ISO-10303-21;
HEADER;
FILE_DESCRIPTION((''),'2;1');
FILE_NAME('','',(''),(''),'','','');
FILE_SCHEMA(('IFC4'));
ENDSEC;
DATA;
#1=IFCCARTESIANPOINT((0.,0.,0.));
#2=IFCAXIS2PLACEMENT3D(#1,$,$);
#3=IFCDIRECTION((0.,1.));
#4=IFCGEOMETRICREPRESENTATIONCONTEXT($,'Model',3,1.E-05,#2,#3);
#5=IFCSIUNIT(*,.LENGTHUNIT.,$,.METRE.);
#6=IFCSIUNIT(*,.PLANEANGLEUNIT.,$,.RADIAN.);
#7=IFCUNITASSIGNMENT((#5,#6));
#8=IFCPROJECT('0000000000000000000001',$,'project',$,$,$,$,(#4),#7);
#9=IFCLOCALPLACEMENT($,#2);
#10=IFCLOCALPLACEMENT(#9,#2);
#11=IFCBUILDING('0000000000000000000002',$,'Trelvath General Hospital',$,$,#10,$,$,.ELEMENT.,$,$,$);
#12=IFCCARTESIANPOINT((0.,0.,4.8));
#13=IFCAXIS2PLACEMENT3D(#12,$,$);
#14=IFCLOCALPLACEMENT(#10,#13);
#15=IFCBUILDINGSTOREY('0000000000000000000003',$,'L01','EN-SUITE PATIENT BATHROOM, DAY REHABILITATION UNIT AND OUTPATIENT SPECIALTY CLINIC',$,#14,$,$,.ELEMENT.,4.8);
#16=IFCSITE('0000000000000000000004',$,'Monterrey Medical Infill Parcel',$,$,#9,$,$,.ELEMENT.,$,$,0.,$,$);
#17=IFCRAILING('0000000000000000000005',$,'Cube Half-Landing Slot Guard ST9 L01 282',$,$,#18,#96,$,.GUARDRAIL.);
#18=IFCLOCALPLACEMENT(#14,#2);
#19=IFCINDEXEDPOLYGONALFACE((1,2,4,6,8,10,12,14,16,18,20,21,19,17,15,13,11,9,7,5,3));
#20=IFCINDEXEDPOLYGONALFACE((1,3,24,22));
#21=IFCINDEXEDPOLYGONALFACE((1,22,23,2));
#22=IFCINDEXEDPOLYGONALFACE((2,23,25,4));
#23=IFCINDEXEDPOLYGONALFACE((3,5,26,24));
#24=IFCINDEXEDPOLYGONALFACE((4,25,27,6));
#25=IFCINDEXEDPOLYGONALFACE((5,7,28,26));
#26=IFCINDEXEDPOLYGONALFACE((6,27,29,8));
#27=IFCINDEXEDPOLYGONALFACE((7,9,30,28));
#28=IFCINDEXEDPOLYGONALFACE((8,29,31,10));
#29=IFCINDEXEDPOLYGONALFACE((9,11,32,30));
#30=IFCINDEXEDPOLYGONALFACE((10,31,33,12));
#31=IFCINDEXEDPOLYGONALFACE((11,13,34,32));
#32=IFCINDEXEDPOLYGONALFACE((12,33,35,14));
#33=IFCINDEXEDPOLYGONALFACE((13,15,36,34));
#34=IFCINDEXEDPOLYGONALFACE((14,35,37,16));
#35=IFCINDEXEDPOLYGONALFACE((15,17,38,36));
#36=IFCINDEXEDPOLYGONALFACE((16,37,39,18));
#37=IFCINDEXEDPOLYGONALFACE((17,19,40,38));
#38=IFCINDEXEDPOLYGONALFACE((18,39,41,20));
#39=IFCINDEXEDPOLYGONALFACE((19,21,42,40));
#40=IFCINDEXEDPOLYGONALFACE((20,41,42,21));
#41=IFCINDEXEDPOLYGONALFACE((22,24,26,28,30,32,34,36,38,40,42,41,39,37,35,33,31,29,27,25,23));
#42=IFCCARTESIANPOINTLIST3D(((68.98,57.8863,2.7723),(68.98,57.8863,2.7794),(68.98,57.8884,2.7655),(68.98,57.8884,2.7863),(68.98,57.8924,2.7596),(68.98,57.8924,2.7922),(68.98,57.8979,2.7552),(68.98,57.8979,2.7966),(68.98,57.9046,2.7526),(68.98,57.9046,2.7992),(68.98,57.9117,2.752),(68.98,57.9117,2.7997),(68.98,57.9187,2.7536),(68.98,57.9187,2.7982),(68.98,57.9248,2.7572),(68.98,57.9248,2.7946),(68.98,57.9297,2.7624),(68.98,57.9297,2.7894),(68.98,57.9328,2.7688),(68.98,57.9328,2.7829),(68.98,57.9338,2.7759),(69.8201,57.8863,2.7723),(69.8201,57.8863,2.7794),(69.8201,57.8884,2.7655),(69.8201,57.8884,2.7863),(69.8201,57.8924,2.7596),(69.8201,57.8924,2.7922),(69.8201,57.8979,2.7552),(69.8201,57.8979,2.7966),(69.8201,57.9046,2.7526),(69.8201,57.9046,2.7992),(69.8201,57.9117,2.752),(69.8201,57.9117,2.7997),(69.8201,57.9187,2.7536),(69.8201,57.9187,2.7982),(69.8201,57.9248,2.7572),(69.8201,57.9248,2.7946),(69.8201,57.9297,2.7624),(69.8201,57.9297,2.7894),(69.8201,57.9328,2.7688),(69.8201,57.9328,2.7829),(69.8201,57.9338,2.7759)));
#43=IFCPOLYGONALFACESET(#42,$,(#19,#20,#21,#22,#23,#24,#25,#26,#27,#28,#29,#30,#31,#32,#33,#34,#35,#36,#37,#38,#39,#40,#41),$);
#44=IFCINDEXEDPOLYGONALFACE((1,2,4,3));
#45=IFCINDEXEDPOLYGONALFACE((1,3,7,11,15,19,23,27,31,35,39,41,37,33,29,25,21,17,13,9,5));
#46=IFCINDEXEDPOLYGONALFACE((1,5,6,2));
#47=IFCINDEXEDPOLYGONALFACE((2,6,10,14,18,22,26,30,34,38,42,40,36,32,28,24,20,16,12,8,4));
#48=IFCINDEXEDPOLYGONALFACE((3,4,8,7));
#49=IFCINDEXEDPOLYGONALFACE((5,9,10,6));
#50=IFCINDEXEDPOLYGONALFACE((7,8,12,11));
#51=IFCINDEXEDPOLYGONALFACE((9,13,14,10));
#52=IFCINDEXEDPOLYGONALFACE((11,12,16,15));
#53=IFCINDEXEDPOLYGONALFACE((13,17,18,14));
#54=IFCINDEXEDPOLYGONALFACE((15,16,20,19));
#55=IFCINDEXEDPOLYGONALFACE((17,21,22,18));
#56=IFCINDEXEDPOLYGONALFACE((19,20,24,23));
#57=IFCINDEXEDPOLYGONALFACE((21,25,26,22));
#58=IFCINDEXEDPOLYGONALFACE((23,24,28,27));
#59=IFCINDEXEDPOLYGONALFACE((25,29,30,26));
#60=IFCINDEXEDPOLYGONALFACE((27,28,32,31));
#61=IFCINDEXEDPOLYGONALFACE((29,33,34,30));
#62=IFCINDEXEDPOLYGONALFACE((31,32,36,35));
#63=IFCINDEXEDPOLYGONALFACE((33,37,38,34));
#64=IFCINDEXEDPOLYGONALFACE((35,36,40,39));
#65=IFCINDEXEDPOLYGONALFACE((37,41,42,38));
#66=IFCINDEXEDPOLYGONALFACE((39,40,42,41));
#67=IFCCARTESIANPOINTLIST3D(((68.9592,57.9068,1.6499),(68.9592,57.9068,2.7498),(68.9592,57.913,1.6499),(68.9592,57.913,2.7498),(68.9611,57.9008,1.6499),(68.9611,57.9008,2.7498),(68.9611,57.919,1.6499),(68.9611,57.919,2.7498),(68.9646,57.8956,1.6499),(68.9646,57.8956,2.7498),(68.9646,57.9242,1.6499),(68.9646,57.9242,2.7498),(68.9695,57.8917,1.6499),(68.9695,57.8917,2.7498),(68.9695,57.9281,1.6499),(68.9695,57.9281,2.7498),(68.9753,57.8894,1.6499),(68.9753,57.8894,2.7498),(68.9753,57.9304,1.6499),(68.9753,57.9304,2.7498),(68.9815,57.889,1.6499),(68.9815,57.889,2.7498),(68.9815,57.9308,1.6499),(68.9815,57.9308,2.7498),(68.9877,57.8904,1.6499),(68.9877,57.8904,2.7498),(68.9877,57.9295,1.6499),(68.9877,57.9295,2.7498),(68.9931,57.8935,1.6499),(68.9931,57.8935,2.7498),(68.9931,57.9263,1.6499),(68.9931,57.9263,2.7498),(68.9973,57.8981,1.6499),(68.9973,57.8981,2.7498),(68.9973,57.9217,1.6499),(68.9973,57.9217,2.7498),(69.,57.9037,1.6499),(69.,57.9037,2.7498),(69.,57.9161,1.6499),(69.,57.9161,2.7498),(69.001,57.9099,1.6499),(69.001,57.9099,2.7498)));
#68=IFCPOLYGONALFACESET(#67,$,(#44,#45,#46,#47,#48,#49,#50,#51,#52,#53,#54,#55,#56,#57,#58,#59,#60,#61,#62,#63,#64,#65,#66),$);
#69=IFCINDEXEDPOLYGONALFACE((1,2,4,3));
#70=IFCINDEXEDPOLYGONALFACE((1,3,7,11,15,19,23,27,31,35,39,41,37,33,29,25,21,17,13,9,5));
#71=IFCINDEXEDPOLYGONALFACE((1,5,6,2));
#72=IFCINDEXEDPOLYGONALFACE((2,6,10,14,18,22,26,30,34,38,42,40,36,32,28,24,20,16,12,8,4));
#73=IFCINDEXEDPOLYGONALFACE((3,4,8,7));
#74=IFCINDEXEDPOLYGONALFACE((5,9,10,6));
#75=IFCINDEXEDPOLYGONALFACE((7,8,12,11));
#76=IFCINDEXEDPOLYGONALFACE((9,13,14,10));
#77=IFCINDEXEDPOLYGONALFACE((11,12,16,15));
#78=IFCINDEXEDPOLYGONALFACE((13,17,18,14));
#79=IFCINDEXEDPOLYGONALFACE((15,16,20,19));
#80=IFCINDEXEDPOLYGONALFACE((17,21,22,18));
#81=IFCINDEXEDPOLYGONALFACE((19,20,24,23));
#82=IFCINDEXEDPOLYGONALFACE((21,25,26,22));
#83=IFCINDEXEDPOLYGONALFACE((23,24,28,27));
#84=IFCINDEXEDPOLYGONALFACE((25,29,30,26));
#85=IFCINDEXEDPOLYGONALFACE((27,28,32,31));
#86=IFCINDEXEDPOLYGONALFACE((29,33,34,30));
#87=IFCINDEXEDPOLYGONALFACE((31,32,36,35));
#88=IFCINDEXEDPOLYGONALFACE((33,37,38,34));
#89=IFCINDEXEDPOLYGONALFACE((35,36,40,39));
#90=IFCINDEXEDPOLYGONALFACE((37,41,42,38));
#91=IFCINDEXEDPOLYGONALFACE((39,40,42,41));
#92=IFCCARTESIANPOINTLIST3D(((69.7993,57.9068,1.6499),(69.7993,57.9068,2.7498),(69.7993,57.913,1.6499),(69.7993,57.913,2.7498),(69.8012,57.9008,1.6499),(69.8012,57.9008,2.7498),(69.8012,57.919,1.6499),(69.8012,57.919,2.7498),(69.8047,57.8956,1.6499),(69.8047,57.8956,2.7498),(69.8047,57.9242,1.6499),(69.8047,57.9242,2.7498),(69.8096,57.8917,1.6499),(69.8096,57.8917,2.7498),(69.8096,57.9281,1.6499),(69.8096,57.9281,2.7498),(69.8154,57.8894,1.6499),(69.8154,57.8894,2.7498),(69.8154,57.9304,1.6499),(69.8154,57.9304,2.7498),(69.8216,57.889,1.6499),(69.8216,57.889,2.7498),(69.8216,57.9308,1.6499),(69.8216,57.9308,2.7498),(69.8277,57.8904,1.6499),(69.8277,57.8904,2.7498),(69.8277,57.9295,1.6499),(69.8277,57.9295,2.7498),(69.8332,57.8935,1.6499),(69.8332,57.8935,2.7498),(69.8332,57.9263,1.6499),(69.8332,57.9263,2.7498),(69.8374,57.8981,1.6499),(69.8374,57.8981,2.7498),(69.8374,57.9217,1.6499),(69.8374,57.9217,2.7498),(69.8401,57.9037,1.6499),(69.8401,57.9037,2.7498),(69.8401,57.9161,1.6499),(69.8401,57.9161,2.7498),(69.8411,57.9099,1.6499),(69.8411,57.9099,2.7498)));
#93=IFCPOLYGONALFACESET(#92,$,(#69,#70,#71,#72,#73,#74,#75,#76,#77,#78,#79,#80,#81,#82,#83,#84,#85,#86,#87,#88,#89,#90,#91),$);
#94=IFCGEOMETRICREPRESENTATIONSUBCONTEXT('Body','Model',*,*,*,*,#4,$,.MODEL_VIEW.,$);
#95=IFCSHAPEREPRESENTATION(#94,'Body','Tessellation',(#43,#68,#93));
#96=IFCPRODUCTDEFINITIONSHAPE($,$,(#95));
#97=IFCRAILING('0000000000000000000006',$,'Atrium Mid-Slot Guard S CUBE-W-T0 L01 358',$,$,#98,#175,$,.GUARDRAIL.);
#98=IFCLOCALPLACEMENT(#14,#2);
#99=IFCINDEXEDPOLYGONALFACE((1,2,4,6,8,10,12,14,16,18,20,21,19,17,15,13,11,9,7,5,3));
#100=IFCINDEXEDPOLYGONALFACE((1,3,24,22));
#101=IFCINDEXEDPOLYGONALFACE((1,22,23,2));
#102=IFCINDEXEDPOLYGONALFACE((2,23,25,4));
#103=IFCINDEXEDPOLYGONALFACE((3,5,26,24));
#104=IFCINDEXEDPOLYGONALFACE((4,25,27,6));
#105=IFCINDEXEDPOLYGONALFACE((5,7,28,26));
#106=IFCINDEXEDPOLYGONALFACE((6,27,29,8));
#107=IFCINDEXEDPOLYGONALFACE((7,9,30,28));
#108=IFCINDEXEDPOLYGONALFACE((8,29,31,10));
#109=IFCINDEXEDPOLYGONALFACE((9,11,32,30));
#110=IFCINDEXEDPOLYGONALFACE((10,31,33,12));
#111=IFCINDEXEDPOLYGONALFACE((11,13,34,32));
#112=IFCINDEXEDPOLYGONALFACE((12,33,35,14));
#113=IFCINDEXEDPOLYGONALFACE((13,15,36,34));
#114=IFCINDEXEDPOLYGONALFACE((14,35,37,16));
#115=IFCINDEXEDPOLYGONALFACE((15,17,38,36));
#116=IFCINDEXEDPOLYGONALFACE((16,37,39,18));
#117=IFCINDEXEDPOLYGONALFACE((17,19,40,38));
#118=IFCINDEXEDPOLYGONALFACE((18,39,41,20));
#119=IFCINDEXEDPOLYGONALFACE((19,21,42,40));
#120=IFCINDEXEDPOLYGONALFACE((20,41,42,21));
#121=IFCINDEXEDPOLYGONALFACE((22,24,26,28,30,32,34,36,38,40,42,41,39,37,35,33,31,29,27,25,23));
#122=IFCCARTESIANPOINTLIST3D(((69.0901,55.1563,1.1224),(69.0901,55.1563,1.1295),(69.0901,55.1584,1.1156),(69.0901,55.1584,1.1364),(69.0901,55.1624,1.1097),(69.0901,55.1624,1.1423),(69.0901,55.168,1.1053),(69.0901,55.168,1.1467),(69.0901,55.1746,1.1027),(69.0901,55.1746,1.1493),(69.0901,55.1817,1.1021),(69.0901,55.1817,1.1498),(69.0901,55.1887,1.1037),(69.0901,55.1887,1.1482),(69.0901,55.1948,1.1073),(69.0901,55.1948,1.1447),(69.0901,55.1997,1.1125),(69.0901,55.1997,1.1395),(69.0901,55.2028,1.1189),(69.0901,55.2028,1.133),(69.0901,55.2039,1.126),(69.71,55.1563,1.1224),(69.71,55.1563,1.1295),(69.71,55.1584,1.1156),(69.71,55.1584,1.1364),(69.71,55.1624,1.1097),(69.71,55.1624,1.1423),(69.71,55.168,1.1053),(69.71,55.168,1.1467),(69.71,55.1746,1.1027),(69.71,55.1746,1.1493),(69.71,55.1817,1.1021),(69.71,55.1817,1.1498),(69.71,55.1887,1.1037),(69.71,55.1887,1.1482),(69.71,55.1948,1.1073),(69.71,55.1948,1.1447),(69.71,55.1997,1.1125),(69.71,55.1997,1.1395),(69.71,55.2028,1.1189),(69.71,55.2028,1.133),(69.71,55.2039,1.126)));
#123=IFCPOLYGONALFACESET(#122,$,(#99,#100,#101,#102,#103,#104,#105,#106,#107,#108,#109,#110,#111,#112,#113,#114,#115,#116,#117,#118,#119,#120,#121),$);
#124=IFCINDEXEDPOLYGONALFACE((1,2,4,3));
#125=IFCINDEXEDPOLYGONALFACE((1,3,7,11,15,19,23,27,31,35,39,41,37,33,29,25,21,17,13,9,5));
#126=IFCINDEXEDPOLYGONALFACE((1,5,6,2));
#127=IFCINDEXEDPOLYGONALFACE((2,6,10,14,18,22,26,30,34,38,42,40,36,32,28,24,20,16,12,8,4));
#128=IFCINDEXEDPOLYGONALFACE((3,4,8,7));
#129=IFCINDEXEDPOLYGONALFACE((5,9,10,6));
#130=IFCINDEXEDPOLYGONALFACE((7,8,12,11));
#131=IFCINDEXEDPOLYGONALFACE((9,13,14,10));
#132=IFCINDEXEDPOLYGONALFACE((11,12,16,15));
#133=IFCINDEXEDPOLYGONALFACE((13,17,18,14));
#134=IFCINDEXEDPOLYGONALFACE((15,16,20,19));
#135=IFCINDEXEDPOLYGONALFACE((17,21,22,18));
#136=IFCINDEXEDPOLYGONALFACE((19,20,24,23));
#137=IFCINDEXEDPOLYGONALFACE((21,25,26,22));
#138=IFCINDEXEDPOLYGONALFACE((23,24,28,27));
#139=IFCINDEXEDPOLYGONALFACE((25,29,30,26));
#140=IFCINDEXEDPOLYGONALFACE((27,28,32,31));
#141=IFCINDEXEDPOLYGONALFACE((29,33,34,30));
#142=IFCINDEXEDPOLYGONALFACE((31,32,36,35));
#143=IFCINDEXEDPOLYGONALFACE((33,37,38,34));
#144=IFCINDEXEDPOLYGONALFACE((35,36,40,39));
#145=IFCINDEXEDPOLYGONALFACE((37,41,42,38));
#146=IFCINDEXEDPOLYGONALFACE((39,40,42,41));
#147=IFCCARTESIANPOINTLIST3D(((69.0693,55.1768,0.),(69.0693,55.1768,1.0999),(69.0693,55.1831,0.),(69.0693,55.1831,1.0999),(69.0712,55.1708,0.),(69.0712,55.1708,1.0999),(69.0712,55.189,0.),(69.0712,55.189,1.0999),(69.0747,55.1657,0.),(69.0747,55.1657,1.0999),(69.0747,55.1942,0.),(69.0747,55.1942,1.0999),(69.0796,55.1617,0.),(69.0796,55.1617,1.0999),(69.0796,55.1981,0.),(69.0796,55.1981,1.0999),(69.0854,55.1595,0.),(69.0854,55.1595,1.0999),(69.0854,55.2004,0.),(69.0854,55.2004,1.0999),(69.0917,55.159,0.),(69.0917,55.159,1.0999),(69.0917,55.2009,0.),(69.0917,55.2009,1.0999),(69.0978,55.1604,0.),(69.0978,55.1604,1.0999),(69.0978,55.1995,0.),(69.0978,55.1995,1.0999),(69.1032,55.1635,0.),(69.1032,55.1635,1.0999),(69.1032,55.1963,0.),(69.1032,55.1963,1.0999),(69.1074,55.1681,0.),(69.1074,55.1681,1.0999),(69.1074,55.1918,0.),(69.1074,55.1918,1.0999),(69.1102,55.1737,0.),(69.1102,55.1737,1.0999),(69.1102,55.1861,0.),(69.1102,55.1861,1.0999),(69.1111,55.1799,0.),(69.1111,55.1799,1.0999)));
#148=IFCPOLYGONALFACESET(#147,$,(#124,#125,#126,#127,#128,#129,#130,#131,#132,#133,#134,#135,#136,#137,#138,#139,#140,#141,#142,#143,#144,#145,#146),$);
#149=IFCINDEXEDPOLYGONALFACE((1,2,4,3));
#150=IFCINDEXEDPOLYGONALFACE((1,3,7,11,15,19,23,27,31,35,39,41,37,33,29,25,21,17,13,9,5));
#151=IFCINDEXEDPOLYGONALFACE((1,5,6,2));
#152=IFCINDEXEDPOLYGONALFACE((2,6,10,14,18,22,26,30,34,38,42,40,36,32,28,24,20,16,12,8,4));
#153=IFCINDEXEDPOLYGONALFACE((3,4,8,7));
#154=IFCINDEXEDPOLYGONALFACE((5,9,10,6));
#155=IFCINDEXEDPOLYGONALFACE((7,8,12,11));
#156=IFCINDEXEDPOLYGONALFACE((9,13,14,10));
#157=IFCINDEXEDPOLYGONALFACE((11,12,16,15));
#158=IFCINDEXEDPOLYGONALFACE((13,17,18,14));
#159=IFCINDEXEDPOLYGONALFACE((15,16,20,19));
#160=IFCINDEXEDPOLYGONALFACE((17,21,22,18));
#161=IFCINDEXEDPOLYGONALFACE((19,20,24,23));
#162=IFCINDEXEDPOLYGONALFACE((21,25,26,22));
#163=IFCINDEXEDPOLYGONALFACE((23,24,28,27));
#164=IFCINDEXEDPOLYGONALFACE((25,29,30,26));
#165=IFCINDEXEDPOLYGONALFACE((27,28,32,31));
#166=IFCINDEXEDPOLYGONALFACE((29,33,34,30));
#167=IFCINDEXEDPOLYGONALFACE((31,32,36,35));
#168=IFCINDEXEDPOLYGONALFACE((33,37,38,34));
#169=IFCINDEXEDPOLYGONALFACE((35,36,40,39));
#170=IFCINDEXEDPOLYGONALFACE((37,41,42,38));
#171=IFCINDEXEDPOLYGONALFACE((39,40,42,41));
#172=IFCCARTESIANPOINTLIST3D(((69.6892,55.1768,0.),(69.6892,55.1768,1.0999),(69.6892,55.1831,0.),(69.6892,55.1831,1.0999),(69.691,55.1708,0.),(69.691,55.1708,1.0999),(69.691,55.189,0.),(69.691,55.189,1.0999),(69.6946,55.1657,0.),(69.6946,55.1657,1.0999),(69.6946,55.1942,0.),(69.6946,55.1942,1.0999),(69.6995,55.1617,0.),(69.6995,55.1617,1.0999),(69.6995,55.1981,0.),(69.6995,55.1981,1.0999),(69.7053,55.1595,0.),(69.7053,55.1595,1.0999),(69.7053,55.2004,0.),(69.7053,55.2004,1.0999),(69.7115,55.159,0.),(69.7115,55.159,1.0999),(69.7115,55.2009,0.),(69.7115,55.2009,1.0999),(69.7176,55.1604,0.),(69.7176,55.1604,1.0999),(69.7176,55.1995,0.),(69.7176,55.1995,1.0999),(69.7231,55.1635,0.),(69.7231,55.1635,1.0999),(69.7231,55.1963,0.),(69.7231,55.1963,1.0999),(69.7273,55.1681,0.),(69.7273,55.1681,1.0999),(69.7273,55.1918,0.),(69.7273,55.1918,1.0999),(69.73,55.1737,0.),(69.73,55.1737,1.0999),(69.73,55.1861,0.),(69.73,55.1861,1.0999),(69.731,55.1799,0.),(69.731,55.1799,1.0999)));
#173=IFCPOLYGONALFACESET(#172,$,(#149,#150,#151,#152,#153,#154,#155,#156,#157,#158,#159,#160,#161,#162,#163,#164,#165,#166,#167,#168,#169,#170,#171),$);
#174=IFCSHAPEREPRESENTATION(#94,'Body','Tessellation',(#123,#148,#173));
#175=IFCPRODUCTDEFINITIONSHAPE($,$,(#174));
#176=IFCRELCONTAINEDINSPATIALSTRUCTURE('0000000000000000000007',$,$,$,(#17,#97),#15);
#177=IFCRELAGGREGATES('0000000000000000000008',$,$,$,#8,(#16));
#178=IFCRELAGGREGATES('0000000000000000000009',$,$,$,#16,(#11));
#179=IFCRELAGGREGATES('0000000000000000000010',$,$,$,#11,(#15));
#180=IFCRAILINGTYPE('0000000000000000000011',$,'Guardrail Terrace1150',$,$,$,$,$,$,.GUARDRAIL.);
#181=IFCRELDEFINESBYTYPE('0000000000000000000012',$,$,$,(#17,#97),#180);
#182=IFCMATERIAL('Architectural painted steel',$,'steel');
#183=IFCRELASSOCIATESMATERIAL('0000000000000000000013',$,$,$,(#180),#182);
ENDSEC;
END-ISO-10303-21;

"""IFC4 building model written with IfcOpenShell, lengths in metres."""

from ifc_helpers import new_model, si_unit, direction, frame, origin, origin_2d, place, context, subcontext, project, spatial, circle, extrude, material, type_object, element, save


model = new_model("IFC4")

# Units and contexts
model_context = context("Model", 3, precision=1e-05, world=origin(), true_north=direction((0.0, 1.0)))
body_context = subcontext(model_context, "Body", "Model", "MODEL_VIEW")
ifc_project = project(units=[si_unit("LENGTHUNIT", "METRE"), si_unit("PLANEANGLEUNIT", "RADIAN")], contexts=[model_context])

# Site, building, storey
site_placement = place(None, origin())
site = spatial("IfcSite", under=ifc_project, at=site_placement, Name="Monterrey Medical Infill Parcel", CompositionType="ELEMENT", RefElevation=0.0)
building_placement = place(site_placement, origin())
building = spatial("IfcBuilding", under=site, at=building_placement, Name="Trelvath General Hospital", CompositionType="ELEMENT")
storey_placement = place(building_placement, frame((0.0, 0.0, 4.8)))
storey = spatial("IfcBuildingStorey", under=building, at=storey_placement, Name="L01", Description="EN-SUITE PATIENT BATHROOM, DAY REHABILITATION UNIT AND OUTPATIENT SPECIALTY CLINIC", CompositionType="ELEMENT", Elevation=4.8)

# Railings
ifc_material_1 = material(Name="Architectural painted steel", Category="steel")
railing_type = type_object("IfcRailingType", Name="Guardrail Terrace1150", PredefinedType="GUARDRAIL", material=ifc_material_1)
railing_1_placement = place(storey_placement, frame((68.98, 57.9099, 1.6499)))
element("IfcRailing", 1, at=railing_1_placement, inside=storey, type_object=railing_type, Name="Cube Half-Landing Slot Guard ST9 L01 282", PredefinedType="GUARDRAIL", context=body_context, shape_type="SweptSolid", body=[
    extrude(circle(Radius=0.0239, at=origin_2d()), frame((0.0, 0.0, 1.126), z_axis=(1.0, 0.0, 0.0), x_axis=(0.0, 1.0, 0.0)), (0.0, 0.0, 1.0), 0.8401),
    extrude(circle(Radius=0.021, at=origin_2d()), origin(), (0.0, 0.0, 1.0), 1.0999),
    extrude(circle(Radius=0.021, at=origin_2d()), frame((0.8401, 0.0, 0.0)), (0.0, 0.0, 1.0), 1.0999),
])
railing_2_placement = place(storey_placement, frame((69.0901, 55.1799, 0.0)))
element("IfcRailing", 2, at=railing_2_placement, inside=storey, type_object=railing_type, Name="Atrium Mid-Slot Guard S CUBE-W-T0 L01 358", PredefinedType="GUARDRAIL", context=body_context, shape_type="SweptSolid", body=[
    extrude(circle(Radius=0.0239, at=origin_2d()), frame((0.0, 0.0, 1.126), z_axis=(1.0, 0.0, 0.0), x_axis=(0.0, 1.0, 0.0)), (0.0, 0.0, 1.0), 0.6199),
    extrude(circle(Radius=0.021, at=origin_2d()), origin(), (0.0, 0.0, 1.0), 1.0999),
    extrude(circle(Radius=0.021, at=origin_2d()), frame((0.6199, 0.0, 0.0)), (0.0, 0.0, 1.0), 1.0999),
])

save(model, "model.ifc")
